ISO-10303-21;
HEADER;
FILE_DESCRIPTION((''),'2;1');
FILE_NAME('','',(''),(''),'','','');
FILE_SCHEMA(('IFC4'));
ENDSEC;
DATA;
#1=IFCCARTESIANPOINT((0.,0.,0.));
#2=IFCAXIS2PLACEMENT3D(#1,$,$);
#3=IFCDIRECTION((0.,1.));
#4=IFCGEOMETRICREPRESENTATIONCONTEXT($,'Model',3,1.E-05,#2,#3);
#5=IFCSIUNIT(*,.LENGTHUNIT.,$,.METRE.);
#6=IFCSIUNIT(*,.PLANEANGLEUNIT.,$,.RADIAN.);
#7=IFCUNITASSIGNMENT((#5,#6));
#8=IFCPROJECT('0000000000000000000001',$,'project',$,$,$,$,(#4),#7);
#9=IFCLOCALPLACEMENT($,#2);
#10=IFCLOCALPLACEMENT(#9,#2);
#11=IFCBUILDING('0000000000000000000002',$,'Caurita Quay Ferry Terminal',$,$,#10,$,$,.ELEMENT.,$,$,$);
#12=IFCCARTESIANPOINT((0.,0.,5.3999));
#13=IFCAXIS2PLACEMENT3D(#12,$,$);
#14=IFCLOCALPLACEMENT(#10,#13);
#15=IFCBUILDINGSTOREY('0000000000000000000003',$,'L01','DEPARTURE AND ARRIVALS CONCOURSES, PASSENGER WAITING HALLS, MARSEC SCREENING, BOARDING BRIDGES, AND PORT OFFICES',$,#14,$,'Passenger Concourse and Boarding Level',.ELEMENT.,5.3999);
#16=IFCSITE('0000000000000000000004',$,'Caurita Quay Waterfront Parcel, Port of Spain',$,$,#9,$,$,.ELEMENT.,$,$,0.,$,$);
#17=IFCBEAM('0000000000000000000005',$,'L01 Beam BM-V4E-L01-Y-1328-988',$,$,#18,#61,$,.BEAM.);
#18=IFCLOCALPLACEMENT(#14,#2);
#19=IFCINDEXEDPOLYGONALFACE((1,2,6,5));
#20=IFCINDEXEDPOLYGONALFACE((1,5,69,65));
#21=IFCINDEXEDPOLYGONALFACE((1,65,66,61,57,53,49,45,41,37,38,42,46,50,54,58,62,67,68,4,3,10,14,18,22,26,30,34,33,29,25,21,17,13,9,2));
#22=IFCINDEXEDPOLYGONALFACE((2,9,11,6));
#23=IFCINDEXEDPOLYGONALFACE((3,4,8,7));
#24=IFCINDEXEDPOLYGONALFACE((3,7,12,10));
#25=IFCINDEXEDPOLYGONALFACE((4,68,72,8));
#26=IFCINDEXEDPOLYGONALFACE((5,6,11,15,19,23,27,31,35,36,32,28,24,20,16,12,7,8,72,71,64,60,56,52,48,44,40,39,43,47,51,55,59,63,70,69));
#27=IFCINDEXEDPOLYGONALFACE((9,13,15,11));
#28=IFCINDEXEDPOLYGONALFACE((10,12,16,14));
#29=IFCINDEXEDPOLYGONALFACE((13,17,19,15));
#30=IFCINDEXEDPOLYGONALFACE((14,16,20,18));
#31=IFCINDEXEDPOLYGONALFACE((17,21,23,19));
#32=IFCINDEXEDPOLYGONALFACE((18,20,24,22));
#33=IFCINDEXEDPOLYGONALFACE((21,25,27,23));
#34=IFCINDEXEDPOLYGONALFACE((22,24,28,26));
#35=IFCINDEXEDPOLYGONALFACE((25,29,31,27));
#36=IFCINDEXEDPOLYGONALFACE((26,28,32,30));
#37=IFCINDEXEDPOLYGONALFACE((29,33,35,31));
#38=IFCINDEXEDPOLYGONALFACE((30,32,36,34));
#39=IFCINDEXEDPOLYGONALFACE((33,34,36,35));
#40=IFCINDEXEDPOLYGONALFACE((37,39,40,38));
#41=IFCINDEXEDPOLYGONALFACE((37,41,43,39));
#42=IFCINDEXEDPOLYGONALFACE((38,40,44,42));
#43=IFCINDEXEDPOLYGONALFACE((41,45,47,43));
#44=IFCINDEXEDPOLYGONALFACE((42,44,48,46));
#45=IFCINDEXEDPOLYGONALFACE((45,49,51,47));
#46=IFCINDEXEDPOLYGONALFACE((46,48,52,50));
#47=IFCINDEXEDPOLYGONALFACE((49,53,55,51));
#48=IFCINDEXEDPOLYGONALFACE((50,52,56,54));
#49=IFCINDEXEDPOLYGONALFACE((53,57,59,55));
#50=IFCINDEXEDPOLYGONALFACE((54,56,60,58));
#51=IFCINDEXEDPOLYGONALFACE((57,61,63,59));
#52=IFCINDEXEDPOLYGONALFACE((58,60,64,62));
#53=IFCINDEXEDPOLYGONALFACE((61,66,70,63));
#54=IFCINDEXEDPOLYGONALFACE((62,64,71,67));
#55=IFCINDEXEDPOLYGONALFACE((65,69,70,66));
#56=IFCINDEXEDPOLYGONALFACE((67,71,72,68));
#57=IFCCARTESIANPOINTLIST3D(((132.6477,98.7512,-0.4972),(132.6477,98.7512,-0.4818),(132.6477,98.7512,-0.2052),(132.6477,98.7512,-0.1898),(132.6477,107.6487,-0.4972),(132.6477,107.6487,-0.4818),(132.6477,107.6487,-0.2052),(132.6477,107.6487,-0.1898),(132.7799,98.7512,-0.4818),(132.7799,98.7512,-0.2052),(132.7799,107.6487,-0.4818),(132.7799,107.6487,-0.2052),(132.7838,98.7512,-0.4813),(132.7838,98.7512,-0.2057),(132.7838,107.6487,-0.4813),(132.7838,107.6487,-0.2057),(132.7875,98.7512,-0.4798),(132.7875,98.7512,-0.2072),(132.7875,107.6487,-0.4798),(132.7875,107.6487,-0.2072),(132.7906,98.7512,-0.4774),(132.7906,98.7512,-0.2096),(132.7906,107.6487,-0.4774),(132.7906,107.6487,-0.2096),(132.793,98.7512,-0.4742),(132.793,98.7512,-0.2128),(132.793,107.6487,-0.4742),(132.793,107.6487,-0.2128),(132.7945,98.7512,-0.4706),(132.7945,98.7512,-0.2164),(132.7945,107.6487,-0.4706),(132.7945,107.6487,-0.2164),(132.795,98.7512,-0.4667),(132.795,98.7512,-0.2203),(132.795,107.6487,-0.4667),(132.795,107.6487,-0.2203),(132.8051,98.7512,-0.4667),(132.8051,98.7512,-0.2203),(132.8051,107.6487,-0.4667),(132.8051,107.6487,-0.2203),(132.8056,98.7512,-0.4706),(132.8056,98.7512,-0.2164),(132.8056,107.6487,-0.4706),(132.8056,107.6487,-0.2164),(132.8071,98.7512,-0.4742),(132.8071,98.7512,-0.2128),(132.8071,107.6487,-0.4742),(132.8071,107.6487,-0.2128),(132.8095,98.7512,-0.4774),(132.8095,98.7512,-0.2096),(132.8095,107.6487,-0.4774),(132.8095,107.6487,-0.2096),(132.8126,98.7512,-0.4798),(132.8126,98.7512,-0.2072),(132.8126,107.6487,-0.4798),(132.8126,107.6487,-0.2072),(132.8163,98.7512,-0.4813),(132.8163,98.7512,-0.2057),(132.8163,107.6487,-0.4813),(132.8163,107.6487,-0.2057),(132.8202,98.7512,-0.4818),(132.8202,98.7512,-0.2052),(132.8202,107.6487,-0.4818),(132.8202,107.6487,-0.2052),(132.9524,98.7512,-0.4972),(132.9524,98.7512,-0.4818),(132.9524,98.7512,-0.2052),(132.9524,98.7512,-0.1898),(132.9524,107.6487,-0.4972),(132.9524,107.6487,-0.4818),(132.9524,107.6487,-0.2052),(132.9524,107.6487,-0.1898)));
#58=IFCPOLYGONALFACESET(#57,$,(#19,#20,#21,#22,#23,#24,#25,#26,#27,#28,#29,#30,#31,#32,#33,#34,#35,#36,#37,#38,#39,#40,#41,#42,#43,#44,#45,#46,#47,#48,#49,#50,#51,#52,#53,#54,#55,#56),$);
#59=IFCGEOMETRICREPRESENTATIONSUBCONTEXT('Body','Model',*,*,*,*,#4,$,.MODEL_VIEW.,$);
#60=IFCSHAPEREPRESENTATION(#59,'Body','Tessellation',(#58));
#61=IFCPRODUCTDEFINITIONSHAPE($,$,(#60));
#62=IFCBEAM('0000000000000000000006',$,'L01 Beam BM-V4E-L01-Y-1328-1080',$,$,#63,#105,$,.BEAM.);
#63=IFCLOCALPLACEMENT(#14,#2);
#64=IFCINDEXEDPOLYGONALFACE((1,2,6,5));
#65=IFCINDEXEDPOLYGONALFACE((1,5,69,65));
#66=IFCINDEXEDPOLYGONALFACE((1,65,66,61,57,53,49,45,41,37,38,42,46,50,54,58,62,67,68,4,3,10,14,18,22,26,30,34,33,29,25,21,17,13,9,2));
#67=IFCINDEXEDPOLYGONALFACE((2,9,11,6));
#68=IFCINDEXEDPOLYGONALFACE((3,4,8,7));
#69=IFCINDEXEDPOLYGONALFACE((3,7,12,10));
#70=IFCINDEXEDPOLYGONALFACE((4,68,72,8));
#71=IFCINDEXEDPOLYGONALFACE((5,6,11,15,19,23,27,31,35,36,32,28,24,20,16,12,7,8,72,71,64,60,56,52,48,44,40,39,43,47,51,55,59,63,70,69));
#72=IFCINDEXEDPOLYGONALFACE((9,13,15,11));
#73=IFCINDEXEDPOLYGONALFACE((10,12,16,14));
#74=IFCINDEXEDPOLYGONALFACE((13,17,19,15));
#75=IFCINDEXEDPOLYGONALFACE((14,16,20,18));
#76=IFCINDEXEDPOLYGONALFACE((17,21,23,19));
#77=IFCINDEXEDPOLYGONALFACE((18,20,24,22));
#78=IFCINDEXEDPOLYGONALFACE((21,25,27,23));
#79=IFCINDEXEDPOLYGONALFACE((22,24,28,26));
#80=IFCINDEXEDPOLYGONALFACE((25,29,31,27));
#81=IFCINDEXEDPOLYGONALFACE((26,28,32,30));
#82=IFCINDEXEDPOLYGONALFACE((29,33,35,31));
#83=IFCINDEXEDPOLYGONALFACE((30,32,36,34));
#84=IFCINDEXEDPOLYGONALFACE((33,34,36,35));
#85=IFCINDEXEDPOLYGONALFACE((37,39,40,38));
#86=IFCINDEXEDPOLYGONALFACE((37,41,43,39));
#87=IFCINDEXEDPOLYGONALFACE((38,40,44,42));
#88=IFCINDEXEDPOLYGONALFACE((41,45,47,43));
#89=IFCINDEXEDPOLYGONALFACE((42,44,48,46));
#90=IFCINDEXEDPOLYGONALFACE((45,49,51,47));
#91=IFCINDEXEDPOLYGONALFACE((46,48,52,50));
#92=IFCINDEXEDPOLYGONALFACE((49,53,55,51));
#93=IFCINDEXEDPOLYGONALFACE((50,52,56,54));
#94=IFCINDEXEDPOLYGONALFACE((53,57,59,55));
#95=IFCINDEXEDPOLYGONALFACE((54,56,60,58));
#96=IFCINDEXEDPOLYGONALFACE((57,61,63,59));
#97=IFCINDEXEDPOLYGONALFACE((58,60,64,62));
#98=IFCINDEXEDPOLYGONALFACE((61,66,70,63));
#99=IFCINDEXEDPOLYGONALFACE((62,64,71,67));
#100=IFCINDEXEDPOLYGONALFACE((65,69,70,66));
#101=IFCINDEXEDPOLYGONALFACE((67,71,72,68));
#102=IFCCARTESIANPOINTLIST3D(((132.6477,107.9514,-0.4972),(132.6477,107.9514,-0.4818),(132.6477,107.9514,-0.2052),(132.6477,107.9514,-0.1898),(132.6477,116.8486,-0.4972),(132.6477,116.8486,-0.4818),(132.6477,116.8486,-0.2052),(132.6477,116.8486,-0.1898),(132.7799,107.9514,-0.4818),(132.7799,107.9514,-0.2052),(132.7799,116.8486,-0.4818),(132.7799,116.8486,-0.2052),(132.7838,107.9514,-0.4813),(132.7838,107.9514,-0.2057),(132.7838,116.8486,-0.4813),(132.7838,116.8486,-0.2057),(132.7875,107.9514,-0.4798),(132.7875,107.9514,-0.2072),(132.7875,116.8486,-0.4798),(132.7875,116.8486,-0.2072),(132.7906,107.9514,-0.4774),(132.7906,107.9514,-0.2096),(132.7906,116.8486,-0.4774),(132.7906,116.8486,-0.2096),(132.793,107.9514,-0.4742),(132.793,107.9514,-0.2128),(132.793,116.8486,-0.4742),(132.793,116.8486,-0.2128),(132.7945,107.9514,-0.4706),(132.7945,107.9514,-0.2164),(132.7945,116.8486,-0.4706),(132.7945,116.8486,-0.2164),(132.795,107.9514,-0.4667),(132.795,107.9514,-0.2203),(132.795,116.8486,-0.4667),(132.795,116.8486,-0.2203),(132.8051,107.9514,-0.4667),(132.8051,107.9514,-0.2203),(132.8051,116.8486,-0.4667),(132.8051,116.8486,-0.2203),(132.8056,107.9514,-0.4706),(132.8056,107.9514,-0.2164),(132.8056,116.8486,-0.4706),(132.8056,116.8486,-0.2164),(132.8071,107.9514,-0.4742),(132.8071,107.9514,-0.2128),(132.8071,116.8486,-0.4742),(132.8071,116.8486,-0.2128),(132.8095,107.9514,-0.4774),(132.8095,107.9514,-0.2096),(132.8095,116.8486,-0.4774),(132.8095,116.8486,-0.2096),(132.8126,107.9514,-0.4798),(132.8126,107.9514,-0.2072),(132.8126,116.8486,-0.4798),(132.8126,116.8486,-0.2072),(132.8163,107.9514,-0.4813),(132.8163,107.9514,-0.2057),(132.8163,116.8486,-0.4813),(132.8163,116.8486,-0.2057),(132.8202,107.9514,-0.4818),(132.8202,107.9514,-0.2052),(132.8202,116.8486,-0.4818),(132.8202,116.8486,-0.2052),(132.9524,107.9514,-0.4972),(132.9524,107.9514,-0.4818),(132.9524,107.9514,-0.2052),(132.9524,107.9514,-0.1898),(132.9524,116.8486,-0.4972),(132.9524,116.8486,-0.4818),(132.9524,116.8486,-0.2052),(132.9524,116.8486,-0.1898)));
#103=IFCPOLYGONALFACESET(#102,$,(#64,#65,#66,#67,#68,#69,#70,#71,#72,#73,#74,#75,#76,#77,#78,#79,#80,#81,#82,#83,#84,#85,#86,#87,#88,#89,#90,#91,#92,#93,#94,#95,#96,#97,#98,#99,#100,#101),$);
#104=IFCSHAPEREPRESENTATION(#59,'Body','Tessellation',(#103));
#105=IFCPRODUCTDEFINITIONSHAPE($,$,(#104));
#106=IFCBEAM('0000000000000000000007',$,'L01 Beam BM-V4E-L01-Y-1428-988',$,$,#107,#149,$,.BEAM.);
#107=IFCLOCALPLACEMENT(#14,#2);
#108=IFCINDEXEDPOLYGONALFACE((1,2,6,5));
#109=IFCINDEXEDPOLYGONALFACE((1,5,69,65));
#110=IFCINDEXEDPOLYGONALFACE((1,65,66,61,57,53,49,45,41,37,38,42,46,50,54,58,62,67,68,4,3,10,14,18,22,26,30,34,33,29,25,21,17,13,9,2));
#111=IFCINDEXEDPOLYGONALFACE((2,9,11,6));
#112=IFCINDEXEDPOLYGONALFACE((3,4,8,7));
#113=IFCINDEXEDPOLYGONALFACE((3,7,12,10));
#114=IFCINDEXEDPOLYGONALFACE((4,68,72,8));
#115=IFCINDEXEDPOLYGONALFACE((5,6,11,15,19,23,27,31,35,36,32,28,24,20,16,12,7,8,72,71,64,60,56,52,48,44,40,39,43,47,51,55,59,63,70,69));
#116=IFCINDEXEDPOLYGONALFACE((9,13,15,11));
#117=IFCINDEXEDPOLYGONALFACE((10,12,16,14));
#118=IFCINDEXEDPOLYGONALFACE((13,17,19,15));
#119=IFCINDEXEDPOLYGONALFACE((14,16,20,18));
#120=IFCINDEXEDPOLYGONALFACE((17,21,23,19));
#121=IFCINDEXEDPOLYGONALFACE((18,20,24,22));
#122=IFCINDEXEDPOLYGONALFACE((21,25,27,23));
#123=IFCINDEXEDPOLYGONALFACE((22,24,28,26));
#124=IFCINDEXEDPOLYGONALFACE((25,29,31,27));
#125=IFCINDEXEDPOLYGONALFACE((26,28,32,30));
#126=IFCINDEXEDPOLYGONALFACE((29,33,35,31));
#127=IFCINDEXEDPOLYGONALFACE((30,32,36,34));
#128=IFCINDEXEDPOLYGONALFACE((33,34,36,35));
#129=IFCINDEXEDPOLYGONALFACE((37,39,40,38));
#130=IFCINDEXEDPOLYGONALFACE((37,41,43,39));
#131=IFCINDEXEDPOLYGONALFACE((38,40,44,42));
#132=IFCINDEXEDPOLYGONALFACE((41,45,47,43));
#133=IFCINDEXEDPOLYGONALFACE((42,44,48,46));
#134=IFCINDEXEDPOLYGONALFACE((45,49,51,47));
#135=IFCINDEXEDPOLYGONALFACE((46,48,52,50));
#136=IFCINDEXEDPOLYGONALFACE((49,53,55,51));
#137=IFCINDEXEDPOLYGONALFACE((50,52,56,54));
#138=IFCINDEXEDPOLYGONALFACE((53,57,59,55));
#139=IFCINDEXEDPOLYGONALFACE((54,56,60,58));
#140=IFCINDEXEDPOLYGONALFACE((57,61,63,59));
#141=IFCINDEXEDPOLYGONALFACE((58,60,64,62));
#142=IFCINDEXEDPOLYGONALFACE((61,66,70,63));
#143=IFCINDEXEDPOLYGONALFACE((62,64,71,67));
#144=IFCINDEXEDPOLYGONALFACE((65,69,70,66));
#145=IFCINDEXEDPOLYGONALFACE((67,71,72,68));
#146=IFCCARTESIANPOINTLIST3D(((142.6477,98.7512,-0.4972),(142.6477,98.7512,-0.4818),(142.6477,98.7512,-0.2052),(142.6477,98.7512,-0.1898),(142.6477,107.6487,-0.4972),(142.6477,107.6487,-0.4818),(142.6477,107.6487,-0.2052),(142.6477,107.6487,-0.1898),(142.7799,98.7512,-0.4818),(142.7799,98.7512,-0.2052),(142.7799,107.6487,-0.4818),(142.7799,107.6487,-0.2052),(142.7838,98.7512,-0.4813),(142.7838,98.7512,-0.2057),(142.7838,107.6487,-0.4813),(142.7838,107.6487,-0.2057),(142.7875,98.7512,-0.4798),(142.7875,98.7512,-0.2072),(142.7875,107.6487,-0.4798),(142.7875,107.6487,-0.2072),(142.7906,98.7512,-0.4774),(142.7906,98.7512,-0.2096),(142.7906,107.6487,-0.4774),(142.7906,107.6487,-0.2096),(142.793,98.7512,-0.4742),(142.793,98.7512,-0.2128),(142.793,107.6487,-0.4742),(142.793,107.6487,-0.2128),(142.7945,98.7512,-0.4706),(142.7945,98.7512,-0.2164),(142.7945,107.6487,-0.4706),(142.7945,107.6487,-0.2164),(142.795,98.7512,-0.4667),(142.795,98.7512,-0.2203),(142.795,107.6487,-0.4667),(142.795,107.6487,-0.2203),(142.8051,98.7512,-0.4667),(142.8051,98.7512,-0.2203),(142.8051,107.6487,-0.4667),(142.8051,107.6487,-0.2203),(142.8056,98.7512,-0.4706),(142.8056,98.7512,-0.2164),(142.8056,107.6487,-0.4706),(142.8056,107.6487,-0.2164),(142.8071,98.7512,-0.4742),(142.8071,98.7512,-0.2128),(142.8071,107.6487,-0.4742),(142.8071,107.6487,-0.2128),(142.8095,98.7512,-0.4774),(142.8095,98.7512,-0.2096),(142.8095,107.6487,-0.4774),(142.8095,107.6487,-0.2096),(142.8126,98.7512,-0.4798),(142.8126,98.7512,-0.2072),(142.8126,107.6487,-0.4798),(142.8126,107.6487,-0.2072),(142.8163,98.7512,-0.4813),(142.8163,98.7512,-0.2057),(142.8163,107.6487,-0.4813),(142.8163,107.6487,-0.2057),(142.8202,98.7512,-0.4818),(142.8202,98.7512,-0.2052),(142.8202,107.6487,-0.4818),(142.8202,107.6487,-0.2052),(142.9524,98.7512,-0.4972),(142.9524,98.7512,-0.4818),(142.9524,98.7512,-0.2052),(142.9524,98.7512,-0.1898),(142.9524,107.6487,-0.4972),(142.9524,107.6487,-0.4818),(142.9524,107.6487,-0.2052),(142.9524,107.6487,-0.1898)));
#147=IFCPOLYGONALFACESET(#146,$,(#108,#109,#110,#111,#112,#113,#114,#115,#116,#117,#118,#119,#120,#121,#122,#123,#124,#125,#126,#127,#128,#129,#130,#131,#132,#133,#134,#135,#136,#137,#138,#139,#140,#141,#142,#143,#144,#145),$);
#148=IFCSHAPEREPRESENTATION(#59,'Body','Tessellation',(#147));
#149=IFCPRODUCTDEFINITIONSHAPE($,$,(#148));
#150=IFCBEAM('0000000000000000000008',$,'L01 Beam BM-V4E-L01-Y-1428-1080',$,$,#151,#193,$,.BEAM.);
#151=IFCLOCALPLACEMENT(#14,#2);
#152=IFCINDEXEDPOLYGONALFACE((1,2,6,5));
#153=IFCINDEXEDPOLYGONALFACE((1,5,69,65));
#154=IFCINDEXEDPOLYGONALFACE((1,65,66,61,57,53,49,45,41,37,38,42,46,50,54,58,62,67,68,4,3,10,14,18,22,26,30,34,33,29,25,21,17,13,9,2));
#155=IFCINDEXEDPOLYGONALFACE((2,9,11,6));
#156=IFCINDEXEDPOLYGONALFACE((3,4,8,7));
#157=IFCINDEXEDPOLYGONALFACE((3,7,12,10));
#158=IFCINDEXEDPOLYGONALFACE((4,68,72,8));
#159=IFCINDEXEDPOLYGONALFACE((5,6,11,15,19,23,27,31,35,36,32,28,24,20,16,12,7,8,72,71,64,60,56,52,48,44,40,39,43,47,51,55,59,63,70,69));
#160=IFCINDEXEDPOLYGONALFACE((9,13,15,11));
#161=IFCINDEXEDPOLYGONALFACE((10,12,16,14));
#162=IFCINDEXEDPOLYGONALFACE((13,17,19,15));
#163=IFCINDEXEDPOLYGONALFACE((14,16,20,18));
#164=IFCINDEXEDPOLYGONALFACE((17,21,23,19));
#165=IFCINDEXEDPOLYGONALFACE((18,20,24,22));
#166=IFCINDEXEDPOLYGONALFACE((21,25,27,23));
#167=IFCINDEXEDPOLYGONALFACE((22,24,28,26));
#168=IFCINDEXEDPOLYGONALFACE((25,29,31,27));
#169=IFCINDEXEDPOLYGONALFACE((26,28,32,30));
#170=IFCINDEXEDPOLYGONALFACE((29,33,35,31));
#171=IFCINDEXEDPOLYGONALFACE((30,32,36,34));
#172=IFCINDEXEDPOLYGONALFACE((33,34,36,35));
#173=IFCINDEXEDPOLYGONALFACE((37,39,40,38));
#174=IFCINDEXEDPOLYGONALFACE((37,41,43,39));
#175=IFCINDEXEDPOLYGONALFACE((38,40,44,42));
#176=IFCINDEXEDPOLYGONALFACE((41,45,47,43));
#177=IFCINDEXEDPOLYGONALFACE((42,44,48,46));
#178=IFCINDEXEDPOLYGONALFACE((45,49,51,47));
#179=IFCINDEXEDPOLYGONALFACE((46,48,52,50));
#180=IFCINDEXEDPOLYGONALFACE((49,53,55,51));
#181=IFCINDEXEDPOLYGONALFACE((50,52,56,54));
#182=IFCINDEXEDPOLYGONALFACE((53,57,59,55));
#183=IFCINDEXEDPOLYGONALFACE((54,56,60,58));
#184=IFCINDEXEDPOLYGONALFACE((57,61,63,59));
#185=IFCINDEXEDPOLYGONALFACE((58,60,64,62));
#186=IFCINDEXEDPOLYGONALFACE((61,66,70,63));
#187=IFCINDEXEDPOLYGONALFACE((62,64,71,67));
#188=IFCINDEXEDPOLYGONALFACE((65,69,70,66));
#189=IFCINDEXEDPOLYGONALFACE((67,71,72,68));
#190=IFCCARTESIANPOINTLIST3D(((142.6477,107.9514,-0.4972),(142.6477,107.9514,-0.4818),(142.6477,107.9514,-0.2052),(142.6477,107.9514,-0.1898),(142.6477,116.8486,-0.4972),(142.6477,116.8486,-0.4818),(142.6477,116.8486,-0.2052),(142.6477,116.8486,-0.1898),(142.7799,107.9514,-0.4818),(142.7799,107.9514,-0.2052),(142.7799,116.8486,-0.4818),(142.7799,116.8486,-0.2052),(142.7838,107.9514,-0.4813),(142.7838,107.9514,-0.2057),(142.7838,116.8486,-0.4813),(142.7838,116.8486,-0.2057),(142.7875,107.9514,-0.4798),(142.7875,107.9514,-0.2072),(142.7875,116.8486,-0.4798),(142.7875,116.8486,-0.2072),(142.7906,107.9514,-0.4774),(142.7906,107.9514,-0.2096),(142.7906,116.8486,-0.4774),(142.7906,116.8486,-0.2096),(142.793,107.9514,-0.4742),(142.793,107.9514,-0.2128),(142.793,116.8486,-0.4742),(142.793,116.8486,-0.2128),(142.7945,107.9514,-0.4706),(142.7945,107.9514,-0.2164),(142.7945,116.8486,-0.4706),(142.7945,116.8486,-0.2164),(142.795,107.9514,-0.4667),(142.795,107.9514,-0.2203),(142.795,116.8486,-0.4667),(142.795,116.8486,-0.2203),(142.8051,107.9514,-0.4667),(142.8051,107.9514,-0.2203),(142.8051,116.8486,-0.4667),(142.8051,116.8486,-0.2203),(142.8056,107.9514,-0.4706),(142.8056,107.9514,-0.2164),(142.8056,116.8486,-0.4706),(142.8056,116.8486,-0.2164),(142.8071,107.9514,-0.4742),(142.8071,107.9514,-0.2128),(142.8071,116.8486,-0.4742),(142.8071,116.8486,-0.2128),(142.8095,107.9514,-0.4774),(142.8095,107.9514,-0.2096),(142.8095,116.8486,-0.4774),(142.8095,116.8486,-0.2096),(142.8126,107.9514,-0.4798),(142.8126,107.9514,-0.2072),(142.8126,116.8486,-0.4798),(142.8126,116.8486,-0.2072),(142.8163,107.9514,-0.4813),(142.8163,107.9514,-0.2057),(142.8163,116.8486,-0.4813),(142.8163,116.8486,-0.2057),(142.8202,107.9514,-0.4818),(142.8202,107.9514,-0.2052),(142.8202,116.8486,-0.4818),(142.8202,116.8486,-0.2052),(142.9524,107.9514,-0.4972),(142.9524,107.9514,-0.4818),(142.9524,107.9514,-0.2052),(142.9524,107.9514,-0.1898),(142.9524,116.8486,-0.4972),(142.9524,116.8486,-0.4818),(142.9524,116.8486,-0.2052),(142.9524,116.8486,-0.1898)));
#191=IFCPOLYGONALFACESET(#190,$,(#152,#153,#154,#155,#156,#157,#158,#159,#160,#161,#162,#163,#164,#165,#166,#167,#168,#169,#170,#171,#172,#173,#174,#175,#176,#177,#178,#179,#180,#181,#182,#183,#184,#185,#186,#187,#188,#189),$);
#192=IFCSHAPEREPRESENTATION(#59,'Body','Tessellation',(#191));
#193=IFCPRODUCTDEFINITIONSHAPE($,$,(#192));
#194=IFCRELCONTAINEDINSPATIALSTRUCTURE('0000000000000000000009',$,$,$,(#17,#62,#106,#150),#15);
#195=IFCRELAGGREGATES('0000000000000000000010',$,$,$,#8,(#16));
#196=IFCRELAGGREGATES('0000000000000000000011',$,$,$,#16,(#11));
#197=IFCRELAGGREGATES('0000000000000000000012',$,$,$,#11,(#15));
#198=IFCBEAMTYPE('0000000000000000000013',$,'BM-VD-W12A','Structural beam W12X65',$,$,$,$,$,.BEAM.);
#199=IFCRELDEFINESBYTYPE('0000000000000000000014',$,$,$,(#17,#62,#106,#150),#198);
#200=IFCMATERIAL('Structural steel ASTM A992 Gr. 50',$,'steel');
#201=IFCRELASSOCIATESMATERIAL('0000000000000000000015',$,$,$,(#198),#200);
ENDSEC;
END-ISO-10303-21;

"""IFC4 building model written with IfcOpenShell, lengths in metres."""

from ifc_helpers import new_model, si_unit, direction, frame, origin, origin_2d, place, context, subcontext, project, spatial, i_section, extrude, material, material_profile, profile_set, type_object, element, save


model = new_model("IFC4")

# Units and contexts
model_context = context("Model", 3, precision=1e-05, world=origin(), true_north=direction((0.0, 1.0)))
body_context = subcontext(model_context, "Body", "Model", "MODEL_VIEW")
ifc_project = project(units=[si_unit("LENGTHUNIT", "METRE"), si_unit("PLANEANGLEUNIT", "RADIAN")], contexts=[model_context])

# Site, building, storey
site_placement = place(None, origin())
site = spatial("IfcSite", under=ifc_project, at=site_placement, Name="Caurita Quay Waterfront Parcel, Port of Spain", CompositionType="ELEMENT", RefElevation=0.0)
building_placement = place(site_placement, origin())
building = spatial("IfcBuilding", under=site, at=building_placement, Name="Caurita Quay Ferry Terminal", CompositionType="ELEMENT")
storey_placement = place(building_placement, frame((0.0, 0.0, 5.3999)))
storey = spatial("IfcBuildingStorey", under=building, at=storey_placement, Name="L01", Description="DEPARTURE AND ARRIVALS CONCOURSES, PASSENGER WAITING HALLS, MARSEC SCREENING, BOARDING BRIDGES, AND PORT OFFICES", LongName="Passenger Concourse and Boarding Level", CompositionType="ELEMENT", Elevation=5.3999)

# Beams
ifc_material_1 = material(Name="Structural steel ASTM A992 Gr. 50", Category="steel")
ifc_material_profile_1 = material_profile(ifc_material_1, i_section(OverallWidth=0.3047, OverallDepth=0.3074, WebThickness=0.01, FlangeThickness=0.0154, FilletRadius=0.0151, at=origin_2d()), Name="W12X65")
ifc_profile_set_1 = profile_set([ifc_material_profile_1], Name="Structural steel ASTM A992 Gr. 50")
beam_type_1 = type_object("IfcBeamType", Name="BM-VD-W12A", Description="Structural beam W12X65", PredefinedType="BEAM", material=ifc_profile_set_1)
beam_1_placement = place(storey_placement, frame((132.8, 98.7512, -0.3435), z_axis=(0.0, 1.0, 0.0), x_axis=(-1.0, 0.0, 0.0)))
element("IfcBeam", 1, at=beam_1_placement, inside=storey, type_object=beam_type_1, Name="L01 Beam BM-V4E-L01-Y-1328-988", PredefinedType="BEAM", context=body_context, shape_type="SweptSolid", body=[
    extrude(i_section(OverallWidth=0.3047, OverallDepth=0.3074, WebThickness=0.01, FlangeThickness=0.0154, FilletRadius=0.0151, at=origin_2d()), origin(), (0.0, 0.0, 1.0), 8.8975),
])
beam_2_placement = place(storey_placement, frame((132.8, 107.9514, -0.3435), z_axis=(0.0, 1.0, 0.0), x_axis=(-1.0, 0.0, 0.0)))
element("IfcBeam", 2, at=beam_2_placement, inside=storey, type_object=beam_type_1, Name="L01 Beam BM-V4E-L01-Y-1328-1080", PredefinedType="BEAM", context=body_context, shape_type="SweptSolid", body=[
    extrude(i_section(OverallWidth=0.3047, OverallDepth=0.3074, WebThickness=0.01, FlangeThickness=0.0154, FilletRadius=0.0151, at=origin_2d()), origin(), (0.0, 0.0, 1.0), 8.8972),
])
beam_3_placement = place(storey_placement, frame((142.8, 98.7512, -0.3435), z_axis=(0.0, 1.0, 0.0), x_axis=(-1.0, 0.0, 0.0)))
element("IfcBeam", 3, at=beam_3_placement, inside=storey, type_object=beam_type_1, Name="L01 Beam BM-V4E-L01-Y-1428-988", PredefinedType="BEAM", context=body_context, shape_type="SweptSolid", body=[
    extrude(i_section(OverallWidth=0.3047, OverallDepth=0.3074, WebThickness=0.01, FlangeThickness=0.0154, FilletRadius=0.0151, at=origin_2d()), origin(), (0.0, 0.0, 1.0), 8.8975),
])
beam_4_placement = place(storey_placement, frame((142.8, 107.9514, -0.3435), z_axis=(0.0, 1.0, 0.0), x_axis=(-1.0, 0.0, 0.0)))
element("IfcBeam", 4, at=beam_4_placement, inside=storey, type_object=beam_type_1, Name="L01 Beam BM-V4E-L01-Y-1428-1080", PredefinedType="BEAM", context=body_context, shape_type="SweptSolid", body=[
    extrude(i_section(OverallWidth=0.3047, OverallDepth=0.3074, WebThickness=0.01, FlangeThickness=0.0154, FilletRadius=0.0151, at=origin_2d()), origin(), (0.0, 0.0, 1.0), 8.8972),
])

save(model, "model.ifc")
